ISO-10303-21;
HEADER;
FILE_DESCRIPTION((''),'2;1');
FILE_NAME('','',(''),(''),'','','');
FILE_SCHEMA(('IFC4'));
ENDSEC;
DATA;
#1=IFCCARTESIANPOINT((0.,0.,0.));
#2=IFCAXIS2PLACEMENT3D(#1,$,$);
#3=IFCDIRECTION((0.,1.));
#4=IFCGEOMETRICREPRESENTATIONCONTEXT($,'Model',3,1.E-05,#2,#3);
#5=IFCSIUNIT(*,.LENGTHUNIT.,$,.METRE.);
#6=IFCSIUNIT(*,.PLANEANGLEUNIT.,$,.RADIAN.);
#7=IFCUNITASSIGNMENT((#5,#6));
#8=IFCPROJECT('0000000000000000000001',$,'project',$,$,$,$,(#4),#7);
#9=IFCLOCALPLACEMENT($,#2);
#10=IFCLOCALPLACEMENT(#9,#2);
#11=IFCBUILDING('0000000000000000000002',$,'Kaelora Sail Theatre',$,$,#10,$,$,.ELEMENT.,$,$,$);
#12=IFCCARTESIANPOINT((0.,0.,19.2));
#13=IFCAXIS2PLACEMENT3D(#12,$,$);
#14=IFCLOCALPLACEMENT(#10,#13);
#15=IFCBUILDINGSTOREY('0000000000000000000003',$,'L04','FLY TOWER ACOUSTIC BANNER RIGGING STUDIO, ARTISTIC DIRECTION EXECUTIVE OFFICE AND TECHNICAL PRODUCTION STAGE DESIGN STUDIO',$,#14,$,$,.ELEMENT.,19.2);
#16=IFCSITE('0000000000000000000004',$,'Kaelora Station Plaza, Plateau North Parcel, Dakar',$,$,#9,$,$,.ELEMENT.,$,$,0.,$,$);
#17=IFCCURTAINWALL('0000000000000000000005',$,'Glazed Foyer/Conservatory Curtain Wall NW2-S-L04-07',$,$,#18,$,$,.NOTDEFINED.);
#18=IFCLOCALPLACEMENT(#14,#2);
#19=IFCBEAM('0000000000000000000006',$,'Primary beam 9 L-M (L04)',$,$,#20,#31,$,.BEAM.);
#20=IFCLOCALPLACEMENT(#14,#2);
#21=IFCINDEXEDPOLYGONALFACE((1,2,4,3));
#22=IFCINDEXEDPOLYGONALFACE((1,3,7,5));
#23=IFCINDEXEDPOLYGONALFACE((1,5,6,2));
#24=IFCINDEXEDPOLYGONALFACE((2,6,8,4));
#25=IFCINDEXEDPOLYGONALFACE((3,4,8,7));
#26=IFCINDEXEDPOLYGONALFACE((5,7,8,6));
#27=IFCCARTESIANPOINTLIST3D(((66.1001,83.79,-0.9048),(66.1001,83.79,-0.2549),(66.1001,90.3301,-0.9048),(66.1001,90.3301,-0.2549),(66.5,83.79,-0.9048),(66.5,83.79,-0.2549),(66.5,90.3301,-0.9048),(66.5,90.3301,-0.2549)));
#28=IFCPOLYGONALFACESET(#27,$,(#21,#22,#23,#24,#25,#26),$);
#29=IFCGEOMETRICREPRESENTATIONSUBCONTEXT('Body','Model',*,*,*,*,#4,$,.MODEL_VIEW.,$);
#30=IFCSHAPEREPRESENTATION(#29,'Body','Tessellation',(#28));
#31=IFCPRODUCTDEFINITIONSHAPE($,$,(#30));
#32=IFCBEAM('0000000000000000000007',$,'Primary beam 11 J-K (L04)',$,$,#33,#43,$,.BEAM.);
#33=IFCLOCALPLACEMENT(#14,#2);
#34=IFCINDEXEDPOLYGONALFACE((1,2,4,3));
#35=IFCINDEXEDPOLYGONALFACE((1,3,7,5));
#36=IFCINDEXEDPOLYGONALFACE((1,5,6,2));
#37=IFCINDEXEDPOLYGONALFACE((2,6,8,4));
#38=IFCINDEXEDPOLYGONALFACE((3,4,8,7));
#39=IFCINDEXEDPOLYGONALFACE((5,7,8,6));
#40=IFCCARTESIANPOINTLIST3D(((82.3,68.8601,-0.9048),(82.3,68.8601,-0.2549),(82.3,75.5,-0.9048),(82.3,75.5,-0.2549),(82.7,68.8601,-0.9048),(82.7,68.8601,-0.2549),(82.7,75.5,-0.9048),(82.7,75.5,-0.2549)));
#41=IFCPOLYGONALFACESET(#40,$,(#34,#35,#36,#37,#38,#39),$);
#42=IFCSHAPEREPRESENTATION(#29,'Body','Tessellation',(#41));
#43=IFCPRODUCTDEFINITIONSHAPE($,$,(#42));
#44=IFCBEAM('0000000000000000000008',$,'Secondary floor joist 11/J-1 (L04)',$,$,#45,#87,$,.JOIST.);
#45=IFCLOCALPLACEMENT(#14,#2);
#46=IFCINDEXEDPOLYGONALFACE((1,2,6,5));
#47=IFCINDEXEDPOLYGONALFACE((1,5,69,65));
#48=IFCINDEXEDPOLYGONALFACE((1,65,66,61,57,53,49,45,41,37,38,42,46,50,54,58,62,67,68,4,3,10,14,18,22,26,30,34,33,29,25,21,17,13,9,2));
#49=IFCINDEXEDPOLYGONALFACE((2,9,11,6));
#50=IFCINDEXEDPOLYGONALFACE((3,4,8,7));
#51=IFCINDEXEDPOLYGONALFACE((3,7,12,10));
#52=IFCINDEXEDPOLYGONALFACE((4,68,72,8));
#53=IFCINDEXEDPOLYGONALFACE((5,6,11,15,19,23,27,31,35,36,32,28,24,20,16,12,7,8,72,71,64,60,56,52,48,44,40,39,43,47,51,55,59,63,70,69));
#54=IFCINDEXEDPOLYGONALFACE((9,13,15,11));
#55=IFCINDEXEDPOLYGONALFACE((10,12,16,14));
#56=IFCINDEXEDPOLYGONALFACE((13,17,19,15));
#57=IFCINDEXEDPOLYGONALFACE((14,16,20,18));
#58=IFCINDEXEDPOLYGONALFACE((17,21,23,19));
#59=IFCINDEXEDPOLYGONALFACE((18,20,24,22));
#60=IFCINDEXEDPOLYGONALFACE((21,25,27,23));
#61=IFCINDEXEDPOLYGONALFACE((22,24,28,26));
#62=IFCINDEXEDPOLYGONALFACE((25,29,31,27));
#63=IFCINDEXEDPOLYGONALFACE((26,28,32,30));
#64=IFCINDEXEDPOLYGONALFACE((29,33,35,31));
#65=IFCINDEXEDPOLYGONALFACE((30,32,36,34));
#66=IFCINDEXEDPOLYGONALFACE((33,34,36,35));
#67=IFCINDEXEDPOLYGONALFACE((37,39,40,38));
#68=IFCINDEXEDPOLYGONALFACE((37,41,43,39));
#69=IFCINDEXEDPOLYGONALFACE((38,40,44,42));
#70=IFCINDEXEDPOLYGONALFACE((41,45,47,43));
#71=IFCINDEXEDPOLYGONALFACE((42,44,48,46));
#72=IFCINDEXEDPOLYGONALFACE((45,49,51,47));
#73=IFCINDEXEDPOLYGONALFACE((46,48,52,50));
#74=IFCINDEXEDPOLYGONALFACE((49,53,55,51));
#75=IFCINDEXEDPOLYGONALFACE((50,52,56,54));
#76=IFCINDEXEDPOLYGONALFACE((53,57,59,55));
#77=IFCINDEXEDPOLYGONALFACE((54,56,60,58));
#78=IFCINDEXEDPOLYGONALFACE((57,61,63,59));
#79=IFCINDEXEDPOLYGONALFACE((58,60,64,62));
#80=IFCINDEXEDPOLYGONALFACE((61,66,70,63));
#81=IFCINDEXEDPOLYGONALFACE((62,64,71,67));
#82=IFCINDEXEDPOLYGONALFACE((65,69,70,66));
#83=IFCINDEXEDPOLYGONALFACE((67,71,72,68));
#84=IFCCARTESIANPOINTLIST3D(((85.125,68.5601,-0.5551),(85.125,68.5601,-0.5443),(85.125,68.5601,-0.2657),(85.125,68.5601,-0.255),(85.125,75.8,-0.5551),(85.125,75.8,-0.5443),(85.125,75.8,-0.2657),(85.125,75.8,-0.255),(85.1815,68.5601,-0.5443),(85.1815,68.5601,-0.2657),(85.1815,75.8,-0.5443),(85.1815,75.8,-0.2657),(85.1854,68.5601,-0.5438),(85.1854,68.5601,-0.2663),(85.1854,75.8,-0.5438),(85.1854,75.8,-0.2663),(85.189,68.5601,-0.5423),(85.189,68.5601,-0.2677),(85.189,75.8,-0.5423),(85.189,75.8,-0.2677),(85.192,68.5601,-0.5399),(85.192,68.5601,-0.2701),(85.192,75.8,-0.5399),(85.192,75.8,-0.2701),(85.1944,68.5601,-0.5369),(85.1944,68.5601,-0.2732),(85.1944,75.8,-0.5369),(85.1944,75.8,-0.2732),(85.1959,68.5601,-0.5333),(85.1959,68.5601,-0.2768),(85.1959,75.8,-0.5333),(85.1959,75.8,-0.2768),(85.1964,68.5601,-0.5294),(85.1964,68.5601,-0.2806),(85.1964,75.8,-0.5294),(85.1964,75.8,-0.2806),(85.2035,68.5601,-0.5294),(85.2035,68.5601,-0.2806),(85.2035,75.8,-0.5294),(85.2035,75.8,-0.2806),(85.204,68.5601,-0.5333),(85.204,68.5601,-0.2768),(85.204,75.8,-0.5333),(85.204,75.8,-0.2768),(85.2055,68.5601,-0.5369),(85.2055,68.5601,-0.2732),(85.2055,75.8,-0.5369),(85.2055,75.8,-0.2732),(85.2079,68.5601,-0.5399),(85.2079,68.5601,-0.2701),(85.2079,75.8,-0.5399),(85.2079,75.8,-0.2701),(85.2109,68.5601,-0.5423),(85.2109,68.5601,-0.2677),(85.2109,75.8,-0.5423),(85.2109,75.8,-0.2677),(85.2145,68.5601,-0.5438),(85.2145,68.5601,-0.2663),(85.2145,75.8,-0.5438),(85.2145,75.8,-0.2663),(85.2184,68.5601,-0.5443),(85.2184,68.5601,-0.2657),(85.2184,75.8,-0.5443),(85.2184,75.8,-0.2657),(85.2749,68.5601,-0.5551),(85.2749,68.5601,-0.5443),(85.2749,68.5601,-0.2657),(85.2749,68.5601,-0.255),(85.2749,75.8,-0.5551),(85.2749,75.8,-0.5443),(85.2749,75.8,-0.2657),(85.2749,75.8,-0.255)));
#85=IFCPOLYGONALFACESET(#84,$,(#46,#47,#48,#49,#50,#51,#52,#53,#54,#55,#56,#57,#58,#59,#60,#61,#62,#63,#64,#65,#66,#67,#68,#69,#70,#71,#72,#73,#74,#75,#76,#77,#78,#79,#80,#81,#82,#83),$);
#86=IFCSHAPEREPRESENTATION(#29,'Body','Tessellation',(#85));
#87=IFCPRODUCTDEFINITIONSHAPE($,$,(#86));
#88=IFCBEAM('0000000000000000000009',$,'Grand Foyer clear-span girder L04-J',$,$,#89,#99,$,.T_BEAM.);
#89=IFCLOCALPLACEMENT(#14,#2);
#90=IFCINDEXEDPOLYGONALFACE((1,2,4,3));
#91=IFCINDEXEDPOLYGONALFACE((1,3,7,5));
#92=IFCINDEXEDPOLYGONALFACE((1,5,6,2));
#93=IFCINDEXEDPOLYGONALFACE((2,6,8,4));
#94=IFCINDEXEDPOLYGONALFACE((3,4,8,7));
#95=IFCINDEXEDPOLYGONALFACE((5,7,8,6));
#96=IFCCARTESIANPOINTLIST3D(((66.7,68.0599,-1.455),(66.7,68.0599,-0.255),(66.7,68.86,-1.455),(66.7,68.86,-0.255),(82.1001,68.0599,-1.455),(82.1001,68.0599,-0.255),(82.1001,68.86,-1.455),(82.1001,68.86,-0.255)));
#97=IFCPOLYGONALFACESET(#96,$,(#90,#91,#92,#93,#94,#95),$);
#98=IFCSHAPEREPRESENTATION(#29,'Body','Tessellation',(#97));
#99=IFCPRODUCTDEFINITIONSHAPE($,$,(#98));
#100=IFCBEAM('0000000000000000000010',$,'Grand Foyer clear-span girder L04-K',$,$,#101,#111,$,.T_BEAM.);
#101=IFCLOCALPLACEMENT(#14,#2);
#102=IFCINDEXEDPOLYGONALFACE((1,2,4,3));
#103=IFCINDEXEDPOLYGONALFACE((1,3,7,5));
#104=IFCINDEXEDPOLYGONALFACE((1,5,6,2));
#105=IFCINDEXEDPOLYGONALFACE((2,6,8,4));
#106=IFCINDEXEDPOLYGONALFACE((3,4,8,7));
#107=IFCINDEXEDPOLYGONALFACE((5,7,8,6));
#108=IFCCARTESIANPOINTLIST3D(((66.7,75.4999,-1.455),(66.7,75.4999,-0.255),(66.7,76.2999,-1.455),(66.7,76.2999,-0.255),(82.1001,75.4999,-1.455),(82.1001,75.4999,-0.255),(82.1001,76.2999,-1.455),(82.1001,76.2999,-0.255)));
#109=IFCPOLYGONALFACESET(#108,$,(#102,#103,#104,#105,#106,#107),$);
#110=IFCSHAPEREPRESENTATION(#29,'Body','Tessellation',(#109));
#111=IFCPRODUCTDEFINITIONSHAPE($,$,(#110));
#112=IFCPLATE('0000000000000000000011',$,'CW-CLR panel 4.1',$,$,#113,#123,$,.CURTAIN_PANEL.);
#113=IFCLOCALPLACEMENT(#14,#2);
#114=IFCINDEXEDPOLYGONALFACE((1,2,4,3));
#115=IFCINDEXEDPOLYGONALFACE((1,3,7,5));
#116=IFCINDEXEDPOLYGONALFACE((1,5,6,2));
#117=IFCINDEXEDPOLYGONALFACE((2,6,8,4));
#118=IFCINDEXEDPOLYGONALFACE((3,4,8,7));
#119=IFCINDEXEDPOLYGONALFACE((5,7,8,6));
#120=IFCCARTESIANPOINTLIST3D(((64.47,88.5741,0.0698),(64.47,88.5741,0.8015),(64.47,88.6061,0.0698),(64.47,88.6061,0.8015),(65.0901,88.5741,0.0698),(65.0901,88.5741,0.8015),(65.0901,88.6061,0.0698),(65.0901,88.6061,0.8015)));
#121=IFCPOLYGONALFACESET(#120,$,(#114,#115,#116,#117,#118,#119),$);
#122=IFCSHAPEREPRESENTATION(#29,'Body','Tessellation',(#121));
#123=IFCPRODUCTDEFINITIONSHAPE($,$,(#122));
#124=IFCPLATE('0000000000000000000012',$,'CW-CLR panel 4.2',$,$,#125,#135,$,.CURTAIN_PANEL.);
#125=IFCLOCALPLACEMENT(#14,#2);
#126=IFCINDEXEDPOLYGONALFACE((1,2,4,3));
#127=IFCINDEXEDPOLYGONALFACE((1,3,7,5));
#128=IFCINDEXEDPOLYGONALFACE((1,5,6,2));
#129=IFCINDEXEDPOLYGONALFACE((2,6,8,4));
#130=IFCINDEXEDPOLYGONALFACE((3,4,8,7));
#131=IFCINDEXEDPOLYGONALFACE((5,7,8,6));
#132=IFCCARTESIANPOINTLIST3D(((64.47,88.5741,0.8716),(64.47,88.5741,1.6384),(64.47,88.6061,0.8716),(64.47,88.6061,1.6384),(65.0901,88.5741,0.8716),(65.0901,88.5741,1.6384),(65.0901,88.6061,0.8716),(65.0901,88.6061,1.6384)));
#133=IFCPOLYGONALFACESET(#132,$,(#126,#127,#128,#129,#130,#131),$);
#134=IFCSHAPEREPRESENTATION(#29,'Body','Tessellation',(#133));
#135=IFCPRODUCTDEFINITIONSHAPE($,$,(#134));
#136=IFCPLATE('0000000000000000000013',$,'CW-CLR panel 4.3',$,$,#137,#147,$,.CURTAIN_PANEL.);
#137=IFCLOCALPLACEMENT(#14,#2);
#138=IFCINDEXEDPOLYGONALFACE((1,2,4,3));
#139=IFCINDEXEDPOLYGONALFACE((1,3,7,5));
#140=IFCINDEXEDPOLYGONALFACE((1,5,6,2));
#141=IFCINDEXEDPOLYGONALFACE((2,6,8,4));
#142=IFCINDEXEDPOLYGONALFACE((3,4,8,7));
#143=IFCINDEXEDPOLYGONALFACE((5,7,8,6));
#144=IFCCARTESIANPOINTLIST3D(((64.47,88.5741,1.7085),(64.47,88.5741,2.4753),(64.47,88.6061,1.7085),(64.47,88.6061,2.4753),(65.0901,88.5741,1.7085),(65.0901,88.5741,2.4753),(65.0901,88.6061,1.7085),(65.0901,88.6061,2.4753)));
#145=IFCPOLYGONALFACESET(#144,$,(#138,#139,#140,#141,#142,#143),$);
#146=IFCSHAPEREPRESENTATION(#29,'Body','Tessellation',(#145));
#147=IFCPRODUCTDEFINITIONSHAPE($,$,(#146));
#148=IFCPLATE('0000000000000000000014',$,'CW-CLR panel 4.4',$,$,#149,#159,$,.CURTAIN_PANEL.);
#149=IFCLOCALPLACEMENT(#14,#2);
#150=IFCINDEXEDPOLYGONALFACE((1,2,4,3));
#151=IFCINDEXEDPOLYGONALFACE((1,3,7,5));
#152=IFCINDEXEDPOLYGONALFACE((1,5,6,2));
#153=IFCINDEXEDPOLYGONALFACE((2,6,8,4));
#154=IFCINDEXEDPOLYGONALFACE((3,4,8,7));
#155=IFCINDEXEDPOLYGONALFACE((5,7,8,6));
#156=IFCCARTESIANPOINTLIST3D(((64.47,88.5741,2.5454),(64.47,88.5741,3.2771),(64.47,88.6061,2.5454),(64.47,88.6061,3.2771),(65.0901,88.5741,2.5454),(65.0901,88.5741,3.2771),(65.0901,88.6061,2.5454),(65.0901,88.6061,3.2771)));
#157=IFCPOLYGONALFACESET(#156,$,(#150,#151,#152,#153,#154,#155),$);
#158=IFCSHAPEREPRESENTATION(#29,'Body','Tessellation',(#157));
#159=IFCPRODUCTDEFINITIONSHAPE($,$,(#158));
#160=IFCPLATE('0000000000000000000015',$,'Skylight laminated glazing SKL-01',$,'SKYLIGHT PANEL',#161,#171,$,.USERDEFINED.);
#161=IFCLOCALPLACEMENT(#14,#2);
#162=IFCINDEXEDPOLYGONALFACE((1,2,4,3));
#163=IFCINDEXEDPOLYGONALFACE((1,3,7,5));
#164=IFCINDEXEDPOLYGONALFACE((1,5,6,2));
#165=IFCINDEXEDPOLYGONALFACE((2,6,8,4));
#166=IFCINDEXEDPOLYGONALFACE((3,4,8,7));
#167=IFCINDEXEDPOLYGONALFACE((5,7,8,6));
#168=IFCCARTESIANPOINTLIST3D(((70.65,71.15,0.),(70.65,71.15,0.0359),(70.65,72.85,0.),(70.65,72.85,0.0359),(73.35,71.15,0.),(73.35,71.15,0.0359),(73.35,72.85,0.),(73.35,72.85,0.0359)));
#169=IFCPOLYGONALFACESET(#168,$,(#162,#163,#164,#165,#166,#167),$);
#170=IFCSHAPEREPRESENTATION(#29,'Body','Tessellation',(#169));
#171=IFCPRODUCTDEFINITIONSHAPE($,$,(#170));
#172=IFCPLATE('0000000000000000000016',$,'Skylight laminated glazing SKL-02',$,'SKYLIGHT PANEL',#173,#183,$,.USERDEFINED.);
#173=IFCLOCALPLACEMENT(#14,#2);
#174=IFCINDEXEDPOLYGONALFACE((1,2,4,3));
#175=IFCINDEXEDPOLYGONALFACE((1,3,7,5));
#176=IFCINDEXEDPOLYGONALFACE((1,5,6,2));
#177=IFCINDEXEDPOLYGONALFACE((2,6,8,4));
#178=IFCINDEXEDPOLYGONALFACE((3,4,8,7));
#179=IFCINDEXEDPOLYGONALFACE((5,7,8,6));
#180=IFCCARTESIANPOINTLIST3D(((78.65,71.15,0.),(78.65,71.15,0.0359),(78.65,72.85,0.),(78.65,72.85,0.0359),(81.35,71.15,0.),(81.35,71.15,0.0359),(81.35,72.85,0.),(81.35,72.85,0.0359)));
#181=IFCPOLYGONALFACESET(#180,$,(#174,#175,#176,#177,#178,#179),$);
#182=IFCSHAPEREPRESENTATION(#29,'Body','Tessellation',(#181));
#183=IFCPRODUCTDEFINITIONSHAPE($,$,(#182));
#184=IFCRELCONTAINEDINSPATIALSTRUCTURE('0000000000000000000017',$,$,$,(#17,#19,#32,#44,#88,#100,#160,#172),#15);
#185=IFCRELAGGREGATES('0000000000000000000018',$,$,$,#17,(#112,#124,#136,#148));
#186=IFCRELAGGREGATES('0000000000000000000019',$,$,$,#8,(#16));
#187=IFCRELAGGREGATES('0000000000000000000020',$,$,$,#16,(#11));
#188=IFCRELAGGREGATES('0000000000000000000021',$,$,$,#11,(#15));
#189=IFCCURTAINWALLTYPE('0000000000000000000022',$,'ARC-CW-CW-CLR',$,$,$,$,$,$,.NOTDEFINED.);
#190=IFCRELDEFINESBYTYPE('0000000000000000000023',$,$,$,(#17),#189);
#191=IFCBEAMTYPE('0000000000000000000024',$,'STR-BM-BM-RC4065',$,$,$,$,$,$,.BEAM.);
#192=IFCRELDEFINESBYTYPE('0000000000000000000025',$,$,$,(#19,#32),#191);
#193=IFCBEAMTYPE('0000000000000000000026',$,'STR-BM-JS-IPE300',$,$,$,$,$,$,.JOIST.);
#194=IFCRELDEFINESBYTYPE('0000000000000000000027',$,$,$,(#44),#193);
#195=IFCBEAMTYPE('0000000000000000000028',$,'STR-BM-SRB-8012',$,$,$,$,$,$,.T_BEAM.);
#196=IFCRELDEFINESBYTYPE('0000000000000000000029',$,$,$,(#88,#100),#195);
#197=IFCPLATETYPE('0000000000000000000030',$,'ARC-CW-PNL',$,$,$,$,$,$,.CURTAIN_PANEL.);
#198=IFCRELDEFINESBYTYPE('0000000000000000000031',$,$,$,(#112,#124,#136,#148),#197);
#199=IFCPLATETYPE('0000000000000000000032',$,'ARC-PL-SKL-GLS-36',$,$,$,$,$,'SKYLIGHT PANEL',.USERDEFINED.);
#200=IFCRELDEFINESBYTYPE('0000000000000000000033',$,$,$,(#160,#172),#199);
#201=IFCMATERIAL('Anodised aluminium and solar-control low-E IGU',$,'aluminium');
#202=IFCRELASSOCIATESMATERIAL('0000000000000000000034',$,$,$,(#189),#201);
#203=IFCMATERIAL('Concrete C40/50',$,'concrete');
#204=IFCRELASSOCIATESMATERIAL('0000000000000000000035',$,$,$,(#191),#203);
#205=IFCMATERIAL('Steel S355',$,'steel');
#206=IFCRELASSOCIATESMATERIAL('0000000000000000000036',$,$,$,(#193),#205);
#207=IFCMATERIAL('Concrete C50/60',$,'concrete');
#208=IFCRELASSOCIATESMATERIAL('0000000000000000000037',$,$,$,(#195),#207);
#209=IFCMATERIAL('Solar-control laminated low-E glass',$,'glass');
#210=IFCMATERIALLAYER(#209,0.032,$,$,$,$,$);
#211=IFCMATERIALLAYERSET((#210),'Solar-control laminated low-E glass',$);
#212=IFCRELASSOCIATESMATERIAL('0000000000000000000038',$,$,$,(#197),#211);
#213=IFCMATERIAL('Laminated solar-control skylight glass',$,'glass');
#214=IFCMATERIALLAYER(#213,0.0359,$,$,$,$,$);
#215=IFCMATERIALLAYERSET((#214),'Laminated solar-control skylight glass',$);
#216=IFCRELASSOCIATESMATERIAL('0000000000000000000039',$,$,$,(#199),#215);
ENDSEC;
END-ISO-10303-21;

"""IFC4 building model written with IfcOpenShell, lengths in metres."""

from ifc_helpers import new_model, si_unit, direction, frame, origin, origin_2d, place, context, subcontext, project, spatial, rectangle, i_section, extrude, material, layer, layer_set, material_profile, profile_set, type_object, element, aggregate, save


model = new_model("IFC4")

# Units and contexts
model_context = context("Model", 3, precision=1e-05, world=origin(), true_north=direction((0.0, 1.0)))
body_context = subcontext(model_context, "Body", "Model", "MODEL_VIEW")
ifc_project = project(units=[si_unit("LENGTHUNIT", "METRE"), si_unit("PLANEANGLEUNIT", "RADIAN")], contexts=[model_context])

# Site, building, storey
site_placement = place(None, origin())
site = spatial("IfcSite", under=ifc_project, at=site_placement, Name="Kaelora Station Plaza, Plateau North Parcel, Dakar", CompositionType="ELEMENT", RefElevation=0.0)
building_placement = place(site_placement, origin())
building = spatial("IfcBuilding", under=site, at=building_placement, Name="Kaelora Sail Theatre", CompositionType="ELEMENT")
storey_placement = place(building_placement, frame((0.0, 0.0, 19.2)))
storey = spatial("IfcBuildingStorey", under=building, at=storey_placement, Name="L04", Description="FLY TOWER ACOUSTIC BANNER RIGGING STUDIO, ARTISTIC DIRECTION EXECUTIVE OFFICE AND TECHNICAL PRODUCTION STAGE DESIGN STUDIO", CompositionType="ELEMENT", Elevation=19.2)

# Curtain wall
ifc_material_1 = material(Name="Anodised aluminium and solar-control low-E IGU", Category="aluminium")
curtain_wall_type = type_object("IfcCurtainWallType", Name="ARC-CW-CW-CLR", PredefinedType="NOTDEFINED", material=ifc_material_1)
curtain_wall_placement = place(storey_placement, origin())
curtain_wall = element("IfcCurtainWall", 1, at=curtain_wall_placement, inside=storey, type_object=curtain_wall_type, Name="Glazed Foyer/Conservatory Curtain Wall NW2-S-L04-07", PredefinedType="NOTDEFINED")

# Beams
ifc_material_2 = material(Name="Concrete C40/50", Category="concrete")
ifc_material_profile_1 = material_profile(ifc_material_2, rectangle(XDim=0.3999, YDim=0.6499, at=origin_2d()), Name="RC-BM 400x650")
ifc_profile_set_1 = profile_set([ifc_material_profile_1], Name="Concrete C40/50")
beam_type_1 = type_object("IfcBeamType", Name="STR-BM-BM-RC4065", PredefinedType="BEAM", material=ifc_profile_set_1)
beam_1_placement = place(storey_placement, frame((66.3, 83.79, -0.5798), z_axis=(0.0, 1.0, 0.0), x_axis=(-1.0, 0.0, 0.0)))
element("IfcBeam", 2, at=beam_1_placement, inside=storey, type_object=beam_type_1, Name="Primary beam 9 L-M (L04)", PredefinedType="BEAM", context=body_context, shape_type="SweptSolid", body=[
    extrude(rectangle(XDim=0.3999, YDim=0.6499, at=origin_2d()), origin(), (0.0, 0.0, 1.0), 6.54),
])
beam_2_placement = place(storey_placement, frame((82.5, 68.8601, -0.5798), z_axis=(0.0, 1.0, 0.0), x_axis=(-1.0, 0.0, 0.0)))
element("IfcBeam", 3, at=beam_2_placement, inside=storey, type_object=beam_type_1, Name="Primary beam 11 J-K (L04)", PredefinedType="BEAM", context=body_context, shape_type="SweptSolid", body=[
    extrude(rectangle(XDim=0.3999, YDim=0.6499, at=origin_2d()), origin(), (0.0, 0.0, 1.0), 6.6399),
])
ifc_material_3 = material(Name="Steel S355", Category="steel")
ifc_material_profile_2 = material_profile(ifc_material_3, i_section(OverallWidth=0.1499, OverallDepth=0.3, WebThickness=0.0071, FlangeThickness=0.0107, FilletRadius=0.0149, at=origin_2d()), Name="IPE 300")
ifc_profile_set_2 = profile_set([ifc_material_profile_2], Name="Steel S355")
beam_type_2 = type_object("IfcBeamType", Name="STR-BM-JS-IPE300", PredefinedType="JOIST", material=ifc_profile_set_2)
beam_3_placement = place(storey_placement, frame((85.2, 68.5601, -0.405), z_axis=(0.0, 1.0, 0.0), x_axis=(-1.0, 0.0, 0.0)))
element("IfcBeam", 4, at=beam_3_placement, inside=storey, type_object=beam_type_2, Name="Secondary floor joist 11/J-1 (L04)", PredefinedType="JOIST", context=body_context, shape_type="SweptSolid", body=[
    extrude(i_section(OverallWidth=0.1499, OverallDepth=0.3, WebThickness=0.0071, FlangeThickness=0.0107, FilletRadius=0.0149, at=origin_2d()), origin(), (0.0, 0.0, 1.0), 7.24),
])
ifc_material_4 = material(Name="Concrete C50/60", Category="concrete")
ifc_material_profile_3 = material_profile(ifc_material_4, rectangle(XDim=0.8, YDim=1.2, at=origin_2d()), Name="RC-SRB 800x1200")
ifc_profile_set_3 = profile_set([ifc_material_profile_3], Name="Concrete C50/60")
beam_type_3 = type_object("IfcBeamType", Name="STR-BM-SRB-8012", PredefinedType="T_BEAM", material=ifc_profile_set_3)
for number, where, z_axis, x_axis, name in (
    (5, (66.7, 68.46, -0.855), (1.0, 0.0, 0.0), (0.0, 1.0, 0.0), "Grand Foyer clear-span girder L04-J"),
    (6, (66.7, 75.8999, -0.855), (1.0, 0.0, 0.0), (0.0, 1.0, 0.0), "Grand Foyer clear-span girder L04-K"),
):
    element("IfcBeam", number, at=place(storey_placement, frame(where, z_axis=z_axis, x_axis=x_axis)), inside=storey, type_object=beam_type_3, Name=name, PredefinedType="T_BEAM", context=body_context, shape_type="SweptSolid", body=[
        extrude(rectangle(XDim=0.8, YDim=1.2, at=origin_2d()), origin(), (0.0, 0.0, 1.0), 15.4001),
    ])

# Plates
ifc_material_5 = material(Name="Solar-control laminated low-E glass", Category="glass")
ifc_layer_1 = layer(ifc_material_5, 0.032)
ifc_layer_set_1 = layer_set([ifc_layer_1], Name="Solar-control laminated low-E glass")
plate_type_1 = type_object("IfcPlateType", Name="ARC-CW-PNL", PredefinedType="CURTAIN_PANEL", material=ifc_layer_set_1)
plate_1_placement = place(storey_placement, frame((64.78, 88.5901, 0.0698), z_axis=(0.0, 0.0, 1.0), x_axis=(1.0, 0.0, 0.0)))
plate_1 = element("IfcPlate", 7, at=plate_1_placement, type_object=plate_type_1, Name="CW-CLR panel 4.1", PredefinedType="CURTAIN_PANEL", context=body_context, shape_type="SweptSolid", body=[
    extrude(rectangle(XDim=0.6201, YDim=0.032, at=origin_2d()), origin(), (0.0, 0.0, 1.0), 0.7317),
])
plate_2_placement = place(storey_placement, frame((64.78, 88.5901, 0.8716), z_axis=(0.0, 0.0, 1.0), x_axis=(1.0, 0.0, 0.0)))
plate_2 = element("IfcPlate", 8, at=plate_2_placement, type_object=plate_type_1, Name="CW-CLR panel 4.2", PredefinedType="CURTAIN_PANEL", context=body_context, shape_type="SweptSolid", body=[
    extrude(rectangle(XDim=0.6201, YDim=0.032, at=origin_2d()), origin(), (0.0, 0.0, 1.0), 0.7668),
])
plate_3_placement = place(storey_placement, frame((64.78, 88.5901, 1.7085), z_axis=(0.0, 0.0, 1.0), x_axis=(1.0, 0.0, 0.0)))
plate_3 = element("IfcPlate", 9, at=plate_3_placement, type_object=plate_type_1, Name="CW-CLR panel 4.3", PredefinedType="CURTAIN_PANEL", context=body_context, shape_type="SweptSolid", body=[
    extrude(rectangle(XDim=0.6201, YDim=0.032, at=origin_2d()), origin(), (0.0, 0.0, 1.0), 0.7668),
])
plate_4_placement = place(storey_placement, frame((64.78, 88.5901, 2.5454), z_axis=(0.0, 0.0, 1.0), x_axis=(1.0, 0.0, 0.0)))
plate_4 = element("IfcPlate", 10, at=plate_4_placement, type_object=plate_type_1, Name="CW-CLR panel 4.4", PredefinedType="CURTAIN_PANEL", context=body_context, shape_type="SweptSolid", body=[
    extrude(rectangle(XDim=0.6201, YDim=0.032, at=origin_2d()), origin(), (0.0, 0.0, 1.0), 0.7317),
])
aggregate(curtain_wall, [plate_1, plate_2, plate_3, plate_4])

# Plates
ifc_material_6 = material(Name="Laminated solar-control skylight glass", Category="glass")
ifc_layer_2 = layer(ifc_material_6, 0.0359)
ifc_layer_set_2 = layer_set([ifc_layer_2], Name="Laminated solar-control skylight glass")
plate_type_2 = type_object("IfcPlateType", Name="ARC-PL-SKL-GLS-36", ElementType="SKYLIGHT PANEL", PredefinedType="USERDEFINED", material=ifc_layer_set_2)
for number, where, z_axis, x_axis, name in (
    (11, (72.0, 72.0, 0.0), (0.0, 0.0, 1.0), (1.0, 0.0, 0.0), "Skylight laminated glazing SKL-01"),
    (12, (80.0, 72.0, 0.0), (0.0, 0.0, 1.0), (1.0, 0.0, 0.0), "Skylight laminated glazing SKL-02"),
):
    element("IfcPlate", number, at=place(storey_placement, frame(where, z_axis=z_axis, x_axis=x_axis)), inside=storey, type_object=plate_type_2, Name=name, ObjectType="SKYLIGHT PANEL", PredefinedType="USERDEFINED", context=body_context, shape_type="SweptSolid", body=[
        extrude(rectangle(XDim=2.7, YDim=1.7, at=origin_2d()), origin(), (0.0, 0.0, 1.0), 0.0359),
    ])

save(model, "model.ifc")
